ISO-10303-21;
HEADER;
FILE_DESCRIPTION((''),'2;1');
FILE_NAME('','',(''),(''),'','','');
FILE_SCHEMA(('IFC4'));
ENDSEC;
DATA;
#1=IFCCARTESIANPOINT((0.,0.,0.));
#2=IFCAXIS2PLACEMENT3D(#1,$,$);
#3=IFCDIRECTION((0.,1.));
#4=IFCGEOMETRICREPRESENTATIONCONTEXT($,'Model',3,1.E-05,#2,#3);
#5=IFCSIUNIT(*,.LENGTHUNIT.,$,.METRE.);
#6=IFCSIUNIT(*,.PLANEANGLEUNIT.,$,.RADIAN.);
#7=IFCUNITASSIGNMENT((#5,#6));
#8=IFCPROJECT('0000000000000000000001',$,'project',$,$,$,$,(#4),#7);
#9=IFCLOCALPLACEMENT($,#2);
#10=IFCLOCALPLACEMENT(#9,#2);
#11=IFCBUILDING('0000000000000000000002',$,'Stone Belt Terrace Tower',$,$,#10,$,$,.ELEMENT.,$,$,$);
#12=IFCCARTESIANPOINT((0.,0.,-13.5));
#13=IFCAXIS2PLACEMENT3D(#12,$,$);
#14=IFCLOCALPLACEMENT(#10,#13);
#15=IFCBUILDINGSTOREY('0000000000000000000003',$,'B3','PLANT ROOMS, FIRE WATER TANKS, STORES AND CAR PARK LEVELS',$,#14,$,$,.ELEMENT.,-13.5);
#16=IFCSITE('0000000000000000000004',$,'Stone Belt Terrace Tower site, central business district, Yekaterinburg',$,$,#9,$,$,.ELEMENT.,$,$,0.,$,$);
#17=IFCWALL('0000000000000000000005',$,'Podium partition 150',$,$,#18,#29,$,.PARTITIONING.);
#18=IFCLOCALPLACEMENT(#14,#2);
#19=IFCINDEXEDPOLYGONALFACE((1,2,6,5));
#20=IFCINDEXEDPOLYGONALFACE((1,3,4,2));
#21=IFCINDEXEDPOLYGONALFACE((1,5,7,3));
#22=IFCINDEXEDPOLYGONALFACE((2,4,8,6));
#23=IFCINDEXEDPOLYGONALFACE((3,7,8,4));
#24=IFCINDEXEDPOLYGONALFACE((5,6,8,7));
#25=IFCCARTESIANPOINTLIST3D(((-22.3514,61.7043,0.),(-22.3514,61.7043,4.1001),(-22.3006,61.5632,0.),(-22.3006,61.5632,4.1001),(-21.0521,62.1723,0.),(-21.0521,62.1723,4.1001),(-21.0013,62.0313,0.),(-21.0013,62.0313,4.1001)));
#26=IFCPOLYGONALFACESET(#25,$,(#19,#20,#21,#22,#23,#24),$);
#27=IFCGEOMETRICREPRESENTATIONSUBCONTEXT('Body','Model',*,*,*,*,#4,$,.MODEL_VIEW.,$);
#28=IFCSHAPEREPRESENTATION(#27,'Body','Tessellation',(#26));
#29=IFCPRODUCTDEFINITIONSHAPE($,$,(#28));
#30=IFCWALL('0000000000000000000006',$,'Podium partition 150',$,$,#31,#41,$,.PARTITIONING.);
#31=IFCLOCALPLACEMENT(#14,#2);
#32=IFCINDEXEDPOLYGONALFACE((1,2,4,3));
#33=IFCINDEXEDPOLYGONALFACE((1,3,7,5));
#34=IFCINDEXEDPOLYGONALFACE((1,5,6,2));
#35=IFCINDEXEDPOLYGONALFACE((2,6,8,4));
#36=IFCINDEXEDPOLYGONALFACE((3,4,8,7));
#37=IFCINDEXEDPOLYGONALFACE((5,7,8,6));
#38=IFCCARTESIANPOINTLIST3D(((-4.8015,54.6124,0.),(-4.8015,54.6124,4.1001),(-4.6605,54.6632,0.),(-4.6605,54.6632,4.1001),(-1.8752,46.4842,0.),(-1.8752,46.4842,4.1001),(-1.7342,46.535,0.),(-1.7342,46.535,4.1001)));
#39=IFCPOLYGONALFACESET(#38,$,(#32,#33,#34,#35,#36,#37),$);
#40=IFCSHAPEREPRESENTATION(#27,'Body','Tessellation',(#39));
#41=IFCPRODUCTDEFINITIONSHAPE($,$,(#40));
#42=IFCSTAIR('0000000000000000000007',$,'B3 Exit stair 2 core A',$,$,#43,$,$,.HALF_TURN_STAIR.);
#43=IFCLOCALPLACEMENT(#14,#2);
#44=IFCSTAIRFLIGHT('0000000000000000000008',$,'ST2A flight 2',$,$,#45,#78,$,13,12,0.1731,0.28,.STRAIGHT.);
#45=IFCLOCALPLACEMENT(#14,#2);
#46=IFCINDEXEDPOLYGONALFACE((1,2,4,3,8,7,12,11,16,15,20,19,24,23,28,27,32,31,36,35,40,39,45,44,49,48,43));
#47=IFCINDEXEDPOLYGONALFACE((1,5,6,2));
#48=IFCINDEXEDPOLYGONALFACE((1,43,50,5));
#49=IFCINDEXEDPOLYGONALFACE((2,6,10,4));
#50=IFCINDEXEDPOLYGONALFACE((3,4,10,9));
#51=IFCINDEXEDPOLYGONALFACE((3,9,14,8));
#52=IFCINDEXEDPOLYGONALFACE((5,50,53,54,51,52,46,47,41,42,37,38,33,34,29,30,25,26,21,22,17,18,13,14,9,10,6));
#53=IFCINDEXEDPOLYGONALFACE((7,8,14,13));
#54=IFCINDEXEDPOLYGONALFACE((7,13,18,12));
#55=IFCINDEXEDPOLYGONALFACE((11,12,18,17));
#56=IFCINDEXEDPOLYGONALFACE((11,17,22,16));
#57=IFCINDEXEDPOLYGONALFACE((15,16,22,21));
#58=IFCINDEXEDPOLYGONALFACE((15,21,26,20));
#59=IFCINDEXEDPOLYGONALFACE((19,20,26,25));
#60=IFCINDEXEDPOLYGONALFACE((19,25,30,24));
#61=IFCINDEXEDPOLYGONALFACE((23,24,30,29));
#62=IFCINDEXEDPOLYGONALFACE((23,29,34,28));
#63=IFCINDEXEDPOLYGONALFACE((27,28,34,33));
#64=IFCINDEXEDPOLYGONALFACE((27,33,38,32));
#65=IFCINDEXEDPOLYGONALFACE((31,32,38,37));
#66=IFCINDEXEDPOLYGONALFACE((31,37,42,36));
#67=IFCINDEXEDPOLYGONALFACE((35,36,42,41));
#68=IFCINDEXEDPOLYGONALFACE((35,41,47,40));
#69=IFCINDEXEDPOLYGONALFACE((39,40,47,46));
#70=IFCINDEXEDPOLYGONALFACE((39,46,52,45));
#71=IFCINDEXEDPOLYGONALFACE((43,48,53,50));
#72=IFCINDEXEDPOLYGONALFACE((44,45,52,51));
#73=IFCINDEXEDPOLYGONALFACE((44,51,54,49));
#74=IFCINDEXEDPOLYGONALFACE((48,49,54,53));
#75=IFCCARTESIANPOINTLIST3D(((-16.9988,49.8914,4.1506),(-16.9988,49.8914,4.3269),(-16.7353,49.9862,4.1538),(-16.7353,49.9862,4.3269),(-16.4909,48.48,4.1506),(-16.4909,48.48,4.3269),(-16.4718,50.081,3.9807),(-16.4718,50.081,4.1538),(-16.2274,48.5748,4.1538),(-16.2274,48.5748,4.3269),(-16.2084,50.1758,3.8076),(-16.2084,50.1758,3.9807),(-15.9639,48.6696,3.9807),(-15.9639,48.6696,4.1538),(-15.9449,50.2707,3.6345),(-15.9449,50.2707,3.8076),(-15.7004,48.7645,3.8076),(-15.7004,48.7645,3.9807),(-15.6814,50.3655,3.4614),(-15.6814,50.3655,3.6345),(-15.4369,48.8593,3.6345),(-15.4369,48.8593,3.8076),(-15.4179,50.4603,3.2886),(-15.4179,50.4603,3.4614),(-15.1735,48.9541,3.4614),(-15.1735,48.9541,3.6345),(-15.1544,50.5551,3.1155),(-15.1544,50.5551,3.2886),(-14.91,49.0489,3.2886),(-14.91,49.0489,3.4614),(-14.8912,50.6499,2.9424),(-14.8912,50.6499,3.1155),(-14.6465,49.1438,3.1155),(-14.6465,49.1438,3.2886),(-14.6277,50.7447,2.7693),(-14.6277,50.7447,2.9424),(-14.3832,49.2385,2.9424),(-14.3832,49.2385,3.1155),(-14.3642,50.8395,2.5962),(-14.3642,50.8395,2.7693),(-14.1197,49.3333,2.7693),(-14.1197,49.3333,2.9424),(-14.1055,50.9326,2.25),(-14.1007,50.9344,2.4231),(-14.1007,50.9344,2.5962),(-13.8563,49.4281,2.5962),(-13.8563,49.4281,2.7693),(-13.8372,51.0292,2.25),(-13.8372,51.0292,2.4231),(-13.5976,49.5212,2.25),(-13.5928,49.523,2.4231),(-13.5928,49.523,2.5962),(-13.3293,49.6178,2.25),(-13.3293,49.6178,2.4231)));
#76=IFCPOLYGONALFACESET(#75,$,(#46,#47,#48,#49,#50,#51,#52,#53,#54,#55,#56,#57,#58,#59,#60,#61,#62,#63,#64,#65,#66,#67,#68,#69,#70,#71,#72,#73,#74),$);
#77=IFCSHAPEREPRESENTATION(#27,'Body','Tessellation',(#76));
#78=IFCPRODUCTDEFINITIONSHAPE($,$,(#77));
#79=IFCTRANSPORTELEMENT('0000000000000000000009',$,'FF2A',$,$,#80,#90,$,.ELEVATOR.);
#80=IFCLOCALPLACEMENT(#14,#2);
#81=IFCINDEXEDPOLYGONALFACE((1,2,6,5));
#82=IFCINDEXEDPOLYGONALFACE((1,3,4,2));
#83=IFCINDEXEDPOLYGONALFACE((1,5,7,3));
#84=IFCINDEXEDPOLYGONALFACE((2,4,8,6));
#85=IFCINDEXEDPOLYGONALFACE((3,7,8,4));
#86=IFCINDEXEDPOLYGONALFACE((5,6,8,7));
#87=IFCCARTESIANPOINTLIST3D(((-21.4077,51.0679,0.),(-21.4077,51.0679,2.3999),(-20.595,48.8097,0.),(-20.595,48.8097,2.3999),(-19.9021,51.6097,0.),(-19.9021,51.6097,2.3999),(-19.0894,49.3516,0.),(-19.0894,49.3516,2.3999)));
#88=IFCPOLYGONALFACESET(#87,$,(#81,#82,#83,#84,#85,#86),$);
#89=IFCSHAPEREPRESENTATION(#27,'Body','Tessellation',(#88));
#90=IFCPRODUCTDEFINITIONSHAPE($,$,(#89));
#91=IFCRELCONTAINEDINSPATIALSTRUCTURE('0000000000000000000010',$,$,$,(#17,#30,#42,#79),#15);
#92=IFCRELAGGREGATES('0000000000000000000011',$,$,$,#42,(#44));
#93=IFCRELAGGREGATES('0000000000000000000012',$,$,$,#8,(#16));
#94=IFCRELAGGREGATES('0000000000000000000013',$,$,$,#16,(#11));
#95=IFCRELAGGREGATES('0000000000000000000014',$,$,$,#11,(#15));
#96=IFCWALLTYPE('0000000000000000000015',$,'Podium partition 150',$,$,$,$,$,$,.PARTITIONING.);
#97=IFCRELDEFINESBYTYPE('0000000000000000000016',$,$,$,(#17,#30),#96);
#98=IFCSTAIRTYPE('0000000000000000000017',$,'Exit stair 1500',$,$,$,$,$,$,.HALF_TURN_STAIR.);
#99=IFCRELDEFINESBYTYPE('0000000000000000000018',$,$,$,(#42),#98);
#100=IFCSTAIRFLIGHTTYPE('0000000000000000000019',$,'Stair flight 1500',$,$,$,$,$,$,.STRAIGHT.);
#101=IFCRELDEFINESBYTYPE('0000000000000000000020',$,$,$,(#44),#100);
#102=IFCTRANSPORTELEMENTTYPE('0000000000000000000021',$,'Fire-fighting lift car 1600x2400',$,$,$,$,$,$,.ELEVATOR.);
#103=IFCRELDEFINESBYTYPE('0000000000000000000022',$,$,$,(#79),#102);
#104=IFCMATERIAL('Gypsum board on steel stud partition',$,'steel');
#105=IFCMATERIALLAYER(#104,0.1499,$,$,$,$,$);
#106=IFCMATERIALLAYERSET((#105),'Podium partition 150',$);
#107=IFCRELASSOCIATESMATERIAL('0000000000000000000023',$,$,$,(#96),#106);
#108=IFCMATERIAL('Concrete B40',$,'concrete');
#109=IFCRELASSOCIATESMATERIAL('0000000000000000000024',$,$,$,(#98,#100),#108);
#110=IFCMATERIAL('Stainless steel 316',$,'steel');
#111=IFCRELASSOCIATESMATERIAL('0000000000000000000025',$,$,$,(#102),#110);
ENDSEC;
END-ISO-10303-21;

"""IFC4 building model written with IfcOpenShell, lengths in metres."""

from ifc_helpers import new_model, si_unit, direction, frame, frame_2d, origin, origin_2d, place, context, subcontext, project, spatial, polyline, rectangle, outline, extrude, material, layer, layer_set, type_object, element, aggregate, save


model = new_model("IFC4")

# Units and contexts
model_context = context("Model", 3, precision=1e-05, world=origin(), true_north=direction((0.0, 1.0)))
body_context = subcontext(model_context, "Body", "Model", "MODEL_VIEW")
ifc_project = project(units=[si_unit("LENGTHUNIT", "METRE"), si_unit("PLANEANGLEUNIT", "RADIAN")], contexts=[model_context])

# Site, building, storey
site_placement = place(None, origin())
site = spatial("IfcSite", under=ifc_project, at=site_placement, Name="Stone Belt Terrace Tower site, central business district, Yekaterinburg", CompositionType="ELEMENT", RefElevation=0.0)
building_placement = place(site_placement, origin())
building = spatial("IfcBuilding", under=site, at=building_placement, Name="Stone Belt Terrace Tower", CompositionType="ELEMENT")
storey_placement = place(building_placement, frame((0.0, 0.0, -13.5)))
storey = spatial("IfcBuildingStorey", under=building, at=storey_placement, Name="B3", Description="PLANT ROOMS, FIRE WATER TANKS, STORES AND CAR PARK LEVELS", CompositionType="ELEMENT", Elevation=-13.5)

# Shared definitions
ifc_material_1 = material(Name="Concrete B40", Category="concrete")

# Walls
ifc_material_2 = material(Name="Gypsum board on steel stud partition", Category="steel")
ifc_layer_1 = layer(ifc_material_2, 0.1499)
ifc_layer_set_1 = layer_set([ifc_layer_1], Name="Podium partition 150")
wall_type_1 = type_object("IfcWallType", Name="Podium partition 150", PredefinedType="PARTITIONING", material=ifc_layer_set_1)
wall_1_placement = place(storey_placement, frame((-22.3259, 61.6338, 0.0), z_axis=(0.0, 0.0, 1.0), x_axis=(0.940827, 0.338888, 0.0)))
element("IfcWall", 1, at=wall_1_placement, inside=storey, type_object=wall_type_1, Name="Podium partition 150", PredefinedType="PARTITIONING", context=body_context, shape_type="SweptSolid", body=[
    extrude(rectangle(XDim=1.3811, YDim=0.1499, at=frame_2d((0.6904, 0.0))), origin(), (0.0, 0.0, 1.0), 4.1001),
])
wall_2_placement = place(storey_placement, frame((-4.731, 54.6377, 0.0), z_axis=(0.0, 0.0, 1.0), x_axis=(0.338732, -0.940883, 0.0)))
element("IfcWall", 2, at=wall_2_placement, inside=storey, type_object=wall_type_1, Name="Podium partition 150", PredefinedType="PARTITIONING", context=body_context, shape_type="SweptSolid", body=[
    extrude(rectangle(XDim=8.6389, YDim=0.1499, at=frame_2d((4.3193, 0.0))), origin(), (0.0, 0.0, 1.0), 4.1001),
])

# Stair, stair flight
stair_type = type_object("IfcStairType", Name="Exit stair 1500", PredefinedType="HALF_TURN_STAIR", material=ifc_material_1)
stair_placement = place(storey_placement, origin())
stair = element("IfcStair", 3, at=stair_placement, inside=storey, type_object=stair_type, Name="B3 Exit stair 2 core A", PredefinedType="HALF_TURN_STAIR")
stair_flight_type = type_object("IfcStairFlightType", Name="Stair flight 1500", PredefinedType="STRAIGHT", material=ifc_material_1)
stair_flight_placement = place(storey_placement, frame((-13.5833, 50.3235, 2.25), z_axis=(0.0, 0.0, 1.0), x_axis=(-0.940922, -0.338624, 0.0)))
stair_flight = element("IfcStairFlight", 4, at=stair_flight_placement, type_object=stair_flight_type, Name="ST2A flight 2", NumberOfRisers=13, NumberOfTreads=12, PredefinedType="STRAIGHT", RiserHeight=0.1731, TreadLength=0.28, context=body_context, shape_type="SweptSolid", body=[
    extrude(outline(polyline([(0.0, 0.0), (0.0, 0.1731), (0.28, 0.1731), (0.28, 0.3462), (0.5601, 0.3462), (0.5601, 0.5193), (0.8401, 0.5193), (0.8401, 0.6924), (1.1201, 0.6924), (1.1201, 0.8655), (1.3999, 0.8655), (1.3999, 1.0386), (1.6799, 1.0386), (1.6799, 1.2114), (1.96, 1.2114), (1.96, 1.3845), (2.24, 1.3845), (2.24, 1.5576), (2.52, 1.5576), (2.52, 1.7307), (2.8, 1.7307), (2.8, 1.9038), (3.0801, 1.9038), (3.0801, 2.0769), (3.3601, 2.0769), (3.3601, 2.25), (3.3601, 1.9006), (0.2852, 0.0), (0.0, 0.0)])), frame((0.0, 0.75, 0.0), z_axis=(0.0, -1.0, 0.0), x_axis=(1.0, 0.0, 0.0)), (0.0, 0.0, 1.0), 1.5),
])
aggregate(stair, [stair_flight])

# Transport element
ifc_material_3 = material(Name="Stainless steel 316", Category="steel")
transport_element_type = type_object("IfcTransportElementType", Name="Fire-fighting lift car 1600x2400", PredefinedType="ELEVATOR", material=ifc_material_3)
transport_element_placement = place(storey_placement, frame((-20.2485, 50.2097, 0.0), z_axis=(0.0, 0.0, 1.0), x_axis=(0.940922, 0.338625, 0.0)))
element("IfcTransportElement", 5, at=transport_element_placement, inside=storey, type_object=transport_element_type, Name="FF2A", PredefinedType="ELEVATOR", context=body_context, shape_type="SweptSolid", body=[
    extrude(rectangle(XDim=1.6001, YDim=2.3999, at=origin_2d()), origin(), (0.0, 0.0, 1.0), 2.3999),
])

save(model, "model.ifc")
